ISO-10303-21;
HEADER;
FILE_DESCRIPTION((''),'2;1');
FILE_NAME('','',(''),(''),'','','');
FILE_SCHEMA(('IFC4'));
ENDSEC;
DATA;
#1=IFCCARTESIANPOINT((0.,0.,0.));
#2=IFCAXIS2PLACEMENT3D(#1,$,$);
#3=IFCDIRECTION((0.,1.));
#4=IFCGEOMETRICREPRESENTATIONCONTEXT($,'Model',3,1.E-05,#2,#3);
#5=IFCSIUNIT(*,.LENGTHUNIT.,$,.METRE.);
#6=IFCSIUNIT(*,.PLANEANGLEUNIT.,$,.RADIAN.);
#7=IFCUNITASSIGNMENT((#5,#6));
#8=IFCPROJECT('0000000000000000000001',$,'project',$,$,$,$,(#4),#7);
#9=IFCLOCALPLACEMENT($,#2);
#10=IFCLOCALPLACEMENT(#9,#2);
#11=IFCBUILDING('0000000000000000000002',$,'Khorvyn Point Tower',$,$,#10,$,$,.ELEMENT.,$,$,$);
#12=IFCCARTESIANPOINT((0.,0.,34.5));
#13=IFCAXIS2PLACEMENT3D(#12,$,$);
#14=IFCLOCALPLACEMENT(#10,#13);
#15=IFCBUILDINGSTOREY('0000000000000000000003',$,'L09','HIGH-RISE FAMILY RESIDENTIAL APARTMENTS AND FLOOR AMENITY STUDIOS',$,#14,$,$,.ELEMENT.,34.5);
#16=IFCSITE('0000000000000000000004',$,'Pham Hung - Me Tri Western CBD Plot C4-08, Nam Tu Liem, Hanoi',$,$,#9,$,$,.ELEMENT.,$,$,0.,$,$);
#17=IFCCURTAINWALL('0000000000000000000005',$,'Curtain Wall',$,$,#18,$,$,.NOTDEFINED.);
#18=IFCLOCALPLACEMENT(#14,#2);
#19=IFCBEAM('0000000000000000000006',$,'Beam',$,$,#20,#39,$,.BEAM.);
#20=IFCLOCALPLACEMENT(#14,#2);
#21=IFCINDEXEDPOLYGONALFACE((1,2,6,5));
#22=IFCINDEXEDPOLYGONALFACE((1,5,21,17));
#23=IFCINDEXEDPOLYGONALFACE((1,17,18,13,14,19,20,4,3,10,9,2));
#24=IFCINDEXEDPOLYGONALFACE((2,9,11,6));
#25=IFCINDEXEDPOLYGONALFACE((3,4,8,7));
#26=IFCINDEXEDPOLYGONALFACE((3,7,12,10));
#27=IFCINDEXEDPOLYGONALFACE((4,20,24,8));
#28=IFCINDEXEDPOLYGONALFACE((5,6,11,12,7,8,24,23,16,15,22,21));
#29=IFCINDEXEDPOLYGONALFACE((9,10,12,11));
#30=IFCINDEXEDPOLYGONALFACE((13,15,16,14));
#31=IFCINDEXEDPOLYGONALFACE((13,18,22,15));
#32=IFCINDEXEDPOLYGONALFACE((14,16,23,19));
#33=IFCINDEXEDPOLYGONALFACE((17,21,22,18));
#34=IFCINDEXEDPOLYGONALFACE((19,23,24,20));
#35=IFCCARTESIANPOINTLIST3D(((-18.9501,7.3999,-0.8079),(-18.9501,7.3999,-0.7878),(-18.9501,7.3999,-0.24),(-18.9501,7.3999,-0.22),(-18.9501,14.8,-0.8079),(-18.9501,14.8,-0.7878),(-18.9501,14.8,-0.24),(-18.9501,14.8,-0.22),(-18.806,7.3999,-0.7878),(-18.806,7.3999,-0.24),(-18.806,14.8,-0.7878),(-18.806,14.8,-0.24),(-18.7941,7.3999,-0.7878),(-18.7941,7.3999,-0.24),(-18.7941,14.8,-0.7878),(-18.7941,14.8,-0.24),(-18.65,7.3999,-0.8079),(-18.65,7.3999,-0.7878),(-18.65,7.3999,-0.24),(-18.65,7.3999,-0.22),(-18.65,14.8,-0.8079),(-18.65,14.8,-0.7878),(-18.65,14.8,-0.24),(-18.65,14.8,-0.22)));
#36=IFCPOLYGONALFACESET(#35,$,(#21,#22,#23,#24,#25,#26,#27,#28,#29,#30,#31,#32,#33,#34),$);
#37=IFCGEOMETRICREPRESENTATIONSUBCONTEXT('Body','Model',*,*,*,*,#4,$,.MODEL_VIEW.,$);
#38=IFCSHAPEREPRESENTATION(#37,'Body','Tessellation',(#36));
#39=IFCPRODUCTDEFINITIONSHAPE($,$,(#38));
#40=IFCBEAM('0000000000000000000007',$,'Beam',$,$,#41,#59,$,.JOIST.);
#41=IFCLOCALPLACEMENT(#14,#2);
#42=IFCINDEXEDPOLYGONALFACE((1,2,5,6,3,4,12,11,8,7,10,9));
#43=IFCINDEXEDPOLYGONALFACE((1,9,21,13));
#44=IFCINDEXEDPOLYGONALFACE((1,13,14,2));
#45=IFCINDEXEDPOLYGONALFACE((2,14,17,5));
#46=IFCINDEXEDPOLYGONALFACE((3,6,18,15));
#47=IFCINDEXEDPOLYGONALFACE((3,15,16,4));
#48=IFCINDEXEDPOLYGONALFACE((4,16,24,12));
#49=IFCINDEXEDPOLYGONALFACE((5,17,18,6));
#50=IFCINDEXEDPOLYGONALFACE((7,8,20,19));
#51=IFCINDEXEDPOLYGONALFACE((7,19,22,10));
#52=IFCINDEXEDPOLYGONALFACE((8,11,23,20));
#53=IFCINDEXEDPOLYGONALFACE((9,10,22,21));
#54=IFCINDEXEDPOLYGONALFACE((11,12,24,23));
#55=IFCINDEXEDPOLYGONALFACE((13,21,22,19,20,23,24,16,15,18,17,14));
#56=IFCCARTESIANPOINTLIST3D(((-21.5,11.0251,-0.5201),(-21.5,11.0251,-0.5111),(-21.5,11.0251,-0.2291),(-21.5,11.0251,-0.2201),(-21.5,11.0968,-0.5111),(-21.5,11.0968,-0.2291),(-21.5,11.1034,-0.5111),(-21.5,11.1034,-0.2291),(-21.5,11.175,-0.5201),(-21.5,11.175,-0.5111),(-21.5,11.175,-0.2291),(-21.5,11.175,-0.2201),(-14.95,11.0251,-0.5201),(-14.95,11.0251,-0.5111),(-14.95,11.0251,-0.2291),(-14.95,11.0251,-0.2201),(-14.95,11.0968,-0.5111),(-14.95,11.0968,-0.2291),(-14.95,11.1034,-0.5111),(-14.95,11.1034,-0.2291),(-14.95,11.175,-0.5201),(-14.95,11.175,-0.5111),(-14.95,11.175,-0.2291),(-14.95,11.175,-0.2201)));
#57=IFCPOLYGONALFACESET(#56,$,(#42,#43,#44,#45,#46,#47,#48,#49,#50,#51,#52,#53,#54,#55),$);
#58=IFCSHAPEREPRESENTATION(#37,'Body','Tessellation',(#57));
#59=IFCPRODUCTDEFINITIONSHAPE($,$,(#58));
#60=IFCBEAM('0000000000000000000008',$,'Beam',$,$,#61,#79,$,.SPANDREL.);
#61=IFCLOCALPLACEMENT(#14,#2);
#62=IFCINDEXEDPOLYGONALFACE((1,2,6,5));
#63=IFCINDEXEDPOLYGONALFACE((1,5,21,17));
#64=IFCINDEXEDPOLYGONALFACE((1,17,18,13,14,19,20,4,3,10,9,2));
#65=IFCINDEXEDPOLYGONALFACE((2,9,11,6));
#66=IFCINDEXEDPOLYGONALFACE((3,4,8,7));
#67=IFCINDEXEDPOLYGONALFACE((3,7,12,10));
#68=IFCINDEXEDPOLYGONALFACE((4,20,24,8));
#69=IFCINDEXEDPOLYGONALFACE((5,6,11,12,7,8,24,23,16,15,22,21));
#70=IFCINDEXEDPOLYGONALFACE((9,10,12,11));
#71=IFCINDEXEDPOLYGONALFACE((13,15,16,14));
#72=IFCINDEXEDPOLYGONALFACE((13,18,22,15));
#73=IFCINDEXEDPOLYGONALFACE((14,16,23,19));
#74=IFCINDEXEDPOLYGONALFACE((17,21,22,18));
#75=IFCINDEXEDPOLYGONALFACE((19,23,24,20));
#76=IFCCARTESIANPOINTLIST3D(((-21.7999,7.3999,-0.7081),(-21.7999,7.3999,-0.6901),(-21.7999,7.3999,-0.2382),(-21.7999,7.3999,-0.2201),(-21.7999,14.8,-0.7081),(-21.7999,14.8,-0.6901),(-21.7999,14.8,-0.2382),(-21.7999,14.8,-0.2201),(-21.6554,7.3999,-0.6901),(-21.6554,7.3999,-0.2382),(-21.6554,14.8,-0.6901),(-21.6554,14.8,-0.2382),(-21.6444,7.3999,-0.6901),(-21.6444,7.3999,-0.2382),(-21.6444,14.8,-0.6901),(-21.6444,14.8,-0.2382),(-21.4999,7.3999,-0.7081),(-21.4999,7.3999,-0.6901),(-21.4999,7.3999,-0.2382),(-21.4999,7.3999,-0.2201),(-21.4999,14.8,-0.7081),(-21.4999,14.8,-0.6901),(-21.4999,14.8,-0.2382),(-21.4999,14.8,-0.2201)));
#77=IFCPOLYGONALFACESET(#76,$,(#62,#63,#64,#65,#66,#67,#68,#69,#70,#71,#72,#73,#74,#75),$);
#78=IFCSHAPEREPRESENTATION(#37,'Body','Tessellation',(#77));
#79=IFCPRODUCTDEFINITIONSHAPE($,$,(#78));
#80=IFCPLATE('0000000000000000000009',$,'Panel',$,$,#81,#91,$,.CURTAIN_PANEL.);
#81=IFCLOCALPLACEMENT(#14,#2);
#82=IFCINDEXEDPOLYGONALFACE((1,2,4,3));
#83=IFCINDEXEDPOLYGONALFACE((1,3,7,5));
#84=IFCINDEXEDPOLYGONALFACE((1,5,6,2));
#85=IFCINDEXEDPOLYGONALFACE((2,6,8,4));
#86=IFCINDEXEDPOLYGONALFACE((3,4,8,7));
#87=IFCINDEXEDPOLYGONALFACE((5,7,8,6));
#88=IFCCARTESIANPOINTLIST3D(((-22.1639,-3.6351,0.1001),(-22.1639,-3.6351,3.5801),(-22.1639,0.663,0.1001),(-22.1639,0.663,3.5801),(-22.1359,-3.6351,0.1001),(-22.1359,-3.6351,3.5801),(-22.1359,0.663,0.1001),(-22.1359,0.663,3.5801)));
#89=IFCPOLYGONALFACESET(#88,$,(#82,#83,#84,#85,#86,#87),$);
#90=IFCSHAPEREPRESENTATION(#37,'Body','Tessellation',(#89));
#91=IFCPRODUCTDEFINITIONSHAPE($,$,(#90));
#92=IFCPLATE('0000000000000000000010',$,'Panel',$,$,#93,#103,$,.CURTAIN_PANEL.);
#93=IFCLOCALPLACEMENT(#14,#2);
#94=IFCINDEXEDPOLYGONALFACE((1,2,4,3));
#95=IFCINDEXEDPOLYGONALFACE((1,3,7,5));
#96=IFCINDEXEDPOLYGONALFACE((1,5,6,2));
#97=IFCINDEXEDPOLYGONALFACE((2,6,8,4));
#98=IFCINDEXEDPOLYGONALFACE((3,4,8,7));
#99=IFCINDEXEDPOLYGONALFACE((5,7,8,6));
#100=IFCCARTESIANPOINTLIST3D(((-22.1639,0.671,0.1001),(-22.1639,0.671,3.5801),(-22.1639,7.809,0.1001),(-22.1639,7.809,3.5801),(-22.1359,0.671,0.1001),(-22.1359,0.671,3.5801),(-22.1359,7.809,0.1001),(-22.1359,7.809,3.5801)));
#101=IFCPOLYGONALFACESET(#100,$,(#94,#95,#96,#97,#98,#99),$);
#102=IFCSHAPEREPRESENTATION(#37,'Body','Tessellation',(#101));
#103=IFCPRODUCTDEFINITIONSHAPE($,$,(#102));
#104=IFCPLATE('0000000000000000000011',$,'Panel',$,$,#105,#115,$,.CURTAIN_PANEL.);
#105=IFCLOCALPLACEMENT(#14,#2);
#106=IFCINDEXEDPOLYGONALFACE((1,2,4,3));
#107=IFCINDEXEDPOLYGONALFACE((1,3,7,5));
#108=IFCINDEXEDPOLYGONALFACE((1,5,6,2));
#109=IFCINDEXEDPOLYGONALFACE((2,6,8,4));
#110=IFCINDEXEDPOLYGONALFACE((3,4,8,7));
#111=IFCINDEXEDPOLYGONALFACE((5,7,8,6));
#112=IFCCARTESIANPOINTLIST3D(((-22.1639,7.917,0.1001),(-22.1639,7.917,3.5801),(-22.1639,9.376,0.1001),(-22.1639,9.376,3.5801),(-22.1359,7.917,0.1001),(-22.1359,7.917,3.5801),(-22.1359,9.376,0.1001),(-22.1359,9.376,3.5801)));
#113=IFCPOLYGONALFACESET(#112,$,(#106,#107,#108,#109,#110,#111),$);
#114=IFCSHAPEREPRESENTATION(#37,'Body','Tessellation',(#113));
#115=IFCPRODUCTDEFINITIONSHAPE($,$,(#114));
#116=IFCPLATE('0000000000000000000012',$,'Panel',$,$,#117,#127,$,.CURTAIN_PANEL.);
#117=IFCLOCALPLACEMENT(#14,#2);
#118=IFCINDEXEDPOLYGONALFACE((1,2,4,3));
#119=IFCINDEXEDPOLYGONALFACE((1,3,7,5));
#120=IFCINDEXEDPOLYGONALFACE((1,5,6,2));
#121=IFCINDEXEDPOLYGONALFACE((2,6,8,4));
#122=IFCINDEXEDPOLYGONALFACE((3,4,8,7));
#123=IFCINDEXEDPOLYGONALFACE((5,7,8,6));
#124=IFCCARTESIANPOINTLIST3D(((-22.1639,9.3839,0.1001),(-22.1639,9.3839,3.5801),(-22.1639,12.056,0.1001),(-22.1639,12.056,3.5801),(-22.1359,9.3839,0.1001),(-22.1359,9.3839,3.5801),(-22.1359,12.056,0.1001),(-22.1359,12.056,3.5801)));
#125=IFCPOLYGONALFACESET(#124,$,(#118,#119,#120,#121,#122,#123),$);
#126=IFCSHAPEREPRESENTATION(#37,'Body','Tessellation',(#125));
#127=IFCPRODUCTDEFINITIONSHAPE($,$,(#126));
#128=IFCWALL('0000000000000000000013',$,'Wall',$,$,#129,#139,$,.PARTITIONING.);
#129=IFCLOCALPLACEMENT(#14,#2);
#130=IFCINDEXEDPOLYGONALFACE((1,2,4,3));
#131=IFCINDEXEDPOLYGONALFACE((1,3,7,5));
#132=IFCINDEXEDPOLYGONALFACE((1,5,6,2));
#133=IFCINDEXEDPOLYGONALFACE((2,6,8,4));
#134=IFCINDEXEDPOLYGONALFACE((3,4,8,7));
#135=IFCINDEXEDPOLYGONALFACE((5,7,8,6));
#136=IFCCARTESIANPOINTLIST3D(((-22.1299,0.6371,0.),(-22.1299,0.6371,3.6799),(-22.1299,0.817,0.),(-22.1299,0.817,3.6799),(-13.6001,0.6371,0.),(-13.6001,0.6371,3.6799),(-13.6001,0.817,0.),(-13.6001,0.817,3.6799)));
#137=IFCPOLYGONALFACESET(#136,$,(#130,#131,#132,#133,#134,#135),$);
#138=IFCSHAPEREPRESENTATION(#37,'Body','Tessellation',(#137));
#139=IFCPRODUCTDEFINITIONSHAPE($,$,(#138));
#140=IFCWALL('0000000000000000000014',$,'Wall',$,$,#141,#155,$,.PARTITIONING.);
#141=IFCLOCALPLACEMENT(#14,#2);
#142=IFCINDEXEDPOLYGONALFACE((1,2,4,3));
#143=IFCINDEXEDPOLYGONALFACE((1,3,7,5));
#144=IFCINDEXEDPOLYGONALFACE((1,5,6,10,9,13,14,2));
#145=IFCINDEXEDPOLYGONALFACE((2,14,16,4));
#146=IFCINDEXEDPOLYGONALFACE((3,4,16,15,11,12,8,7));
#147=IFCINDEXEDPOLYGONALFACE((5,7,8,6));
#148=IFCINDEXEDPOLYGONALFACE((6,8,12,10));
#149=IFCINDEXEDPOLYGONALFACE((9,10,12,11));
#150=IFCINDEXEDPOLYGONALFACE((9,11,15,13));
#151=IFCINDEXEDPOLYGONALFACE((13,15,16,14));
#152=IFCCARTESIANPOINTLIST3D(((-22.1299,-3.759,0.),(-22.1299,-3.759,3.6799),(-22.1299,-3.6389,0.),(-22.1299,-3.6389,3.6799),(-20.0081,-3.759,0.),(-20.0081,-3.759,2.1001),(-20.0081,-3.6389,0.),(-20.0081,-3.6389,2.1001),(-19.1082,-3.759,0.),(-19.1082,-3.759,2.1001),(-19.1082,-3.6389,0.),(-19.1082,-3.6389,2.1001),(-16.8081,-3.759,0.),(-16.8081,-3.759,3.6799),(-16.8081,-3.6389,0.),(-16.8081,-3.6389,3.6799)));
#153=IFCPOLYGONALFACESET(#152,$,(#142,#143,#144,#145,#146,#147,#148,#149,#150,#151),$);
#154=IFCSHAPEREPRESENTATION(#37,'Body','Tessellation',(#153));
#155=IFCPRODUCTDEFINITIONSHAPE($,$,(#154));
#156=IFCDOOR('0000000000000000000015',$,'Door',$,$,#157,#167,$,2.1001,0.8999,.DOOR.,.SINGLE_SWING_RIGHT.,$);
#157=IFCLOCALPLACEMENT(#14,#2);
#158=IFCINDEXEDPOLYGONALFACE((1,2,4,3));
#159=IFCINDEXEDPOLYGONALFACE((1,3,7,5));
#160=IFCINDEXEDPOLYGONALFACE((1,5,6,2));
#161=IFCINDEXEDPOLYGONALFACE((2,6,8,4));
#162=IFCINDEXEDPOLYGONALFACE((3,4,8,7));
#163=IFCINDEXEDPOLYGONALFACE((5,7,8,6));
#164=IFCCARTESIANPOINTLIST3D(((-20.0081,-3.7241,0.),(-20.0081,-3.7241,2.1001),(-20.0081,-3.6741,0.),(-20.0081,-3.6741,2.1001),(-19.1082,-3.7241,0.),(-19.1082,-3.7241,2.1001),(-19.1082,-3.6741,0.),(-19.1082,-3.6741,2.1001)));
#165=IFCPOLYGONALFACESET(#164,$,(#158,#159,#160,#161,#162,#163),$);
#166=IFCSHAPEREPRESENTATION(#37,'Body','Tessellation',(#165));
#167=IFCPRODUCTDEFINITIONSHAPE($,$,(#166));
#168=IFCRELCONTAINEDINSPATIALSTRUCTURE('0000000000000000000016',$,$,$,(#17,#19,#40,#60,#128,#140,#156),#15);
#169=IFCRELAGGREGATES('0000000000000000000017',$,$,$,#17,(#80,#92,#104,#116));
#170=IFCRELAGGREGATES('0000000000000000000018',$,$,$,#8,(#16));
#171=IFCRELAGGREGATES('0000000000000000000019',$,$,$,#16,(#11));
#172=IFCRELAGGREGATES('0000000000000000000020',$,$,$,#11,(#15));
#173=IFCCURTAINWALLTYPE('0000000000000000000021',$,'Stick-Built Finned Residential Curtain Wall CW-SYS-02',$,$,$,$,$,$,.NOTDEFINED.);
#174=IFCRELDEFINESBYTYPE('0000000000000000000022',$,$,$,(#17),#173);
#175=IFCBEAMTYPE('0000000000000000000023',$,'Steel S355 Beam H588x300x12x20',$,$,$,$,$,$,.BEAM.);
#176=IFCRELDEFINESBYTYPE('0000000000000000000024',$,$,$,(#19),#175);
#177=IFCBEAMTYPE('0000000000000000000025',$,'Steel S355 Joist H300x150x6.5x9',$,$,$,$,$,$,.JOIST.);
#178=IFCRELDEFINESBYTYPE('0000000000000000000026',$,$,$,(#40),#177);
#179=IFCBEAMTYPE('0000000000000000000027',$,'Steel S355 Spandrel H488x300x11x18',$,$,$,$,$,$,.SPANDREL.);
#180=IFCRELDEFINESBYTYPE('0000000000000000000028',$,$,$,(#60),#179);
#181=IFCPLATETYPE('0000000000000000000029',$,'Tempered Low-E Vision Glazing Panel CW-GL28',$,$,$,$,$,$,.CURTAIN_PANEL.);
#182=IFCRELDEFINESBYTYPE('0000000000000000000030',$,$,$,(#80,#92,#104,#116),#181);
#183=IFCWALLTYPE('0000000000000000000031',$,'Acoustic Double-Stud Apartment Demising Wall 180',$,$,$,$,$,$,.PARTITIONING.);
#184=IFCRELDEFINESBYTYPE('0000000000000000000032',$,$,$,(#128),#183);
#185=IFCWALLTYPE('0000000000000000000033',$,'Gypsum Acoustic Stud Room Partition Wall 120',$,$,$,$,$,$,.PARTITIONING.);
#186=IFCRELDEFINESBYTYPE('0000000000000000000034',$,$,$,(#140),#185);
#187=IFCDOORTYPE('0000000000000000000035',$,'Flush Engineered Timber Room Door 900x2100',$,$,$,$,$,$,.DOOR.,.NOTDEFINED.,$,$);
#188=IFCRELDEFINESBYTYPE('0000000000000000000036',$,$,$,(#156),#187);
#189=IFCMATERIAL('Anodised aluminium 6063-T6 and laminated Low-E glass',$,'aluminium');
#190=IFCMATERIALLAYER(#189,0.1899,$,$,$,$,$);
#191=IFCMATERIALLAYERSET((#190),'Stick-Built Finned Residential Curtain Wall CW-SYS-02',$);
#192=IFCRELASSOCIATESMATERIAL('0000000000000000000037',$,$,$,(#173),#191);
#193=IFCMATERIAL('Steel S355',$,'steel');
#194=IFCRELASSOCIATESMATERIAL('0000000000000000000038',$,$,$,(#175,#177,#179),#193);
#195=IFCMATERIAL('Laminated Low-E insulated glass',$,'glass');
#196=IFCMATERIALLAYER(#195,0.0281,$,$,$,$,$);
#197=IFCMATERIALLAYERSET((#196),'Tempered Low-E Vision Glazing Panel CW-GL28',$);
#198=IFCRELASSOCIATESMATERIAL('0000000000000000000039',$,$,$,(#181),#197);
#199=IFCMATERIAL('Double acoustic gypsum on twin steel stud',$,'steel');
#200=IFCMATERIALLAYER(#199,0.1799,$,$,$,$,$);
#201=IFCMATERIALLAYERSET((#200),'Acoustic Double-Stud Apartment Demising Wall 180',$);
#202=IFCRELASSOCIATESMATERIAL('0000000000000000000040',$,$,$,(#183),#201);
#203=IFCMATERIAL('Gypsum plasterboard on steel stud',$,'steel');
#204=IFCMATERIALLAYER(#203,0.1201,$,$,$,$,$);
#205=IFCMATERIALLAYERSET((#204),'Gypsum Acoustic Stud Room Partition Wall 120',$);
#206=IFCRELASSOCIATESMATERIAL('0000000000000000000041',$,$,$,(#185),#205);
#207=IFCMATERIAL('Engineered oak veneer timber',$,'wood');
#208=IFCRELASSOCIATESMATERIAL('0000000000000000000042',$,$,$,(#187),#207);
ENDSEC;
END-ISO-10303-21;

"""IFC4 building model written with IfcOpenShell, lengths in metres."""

from ifc_helpers import new_model, si_unit, direction, frame, frame_2d, origin, origin_2d, place, context, subcontext, project, spatial, rectangle, i_section, extrude, material, layer, layer_set, material_profile, profile_set, type_object, element, fill, aggregate, save


model = new_model("IFC4")

# Units and contexts
model_context = context("Model", 3, precision=1e-05, world=origin(), true_north=direction((0.0, 1.0)))
body_context = subcontext(model_context, "Body", "Model", "MODEL_VIEW")
ifc_project = project(units=[si_unit("LENGTHUNIT", "METRE"), si_unit("PLANEANGLEUNIT", "RADIAN")], contexts=[model_context])

# Site, building, storey
site_placement = place(None, origin())
site = spatial("IfcSite", under=ifc_project, at=site_placement, Name="Pham Hung - Me Tri Western CBD Plot C4-08, Nam Tu Liem, Hanoi", CompositionType="ELEMENT", RefElevation=0.0)
building_placement = place(site_placement, origin())
building = spatial("IfcBuilding", under=site, at=building_placement, Name="Khorvyn Point Tower", CompositionType="ELEMENT")
storey_placement = place(building_placement, frame((0.0, 0.0, 34.5)))
storey = spatial("IfcBuildingStorey", under=building, at=storey_placement, Name="L09", Description="HIGH-RISE FAMILY RESIDENTIAL APARTMENTS AND FLOOR AMENITY STUDIOS", CompositionType="ELEMENT", Elevation=34.5)

# Curtain wall
ifc_material_1 = material(Name="Anodised aluminium 6063-T6 and laminated Low-E glass", Category="aluminium")
ifc_layer_1 = layer(ifc_material_1, 0.1899)
ifc_layer_set_1 = layer_set([ifc_layer_1], Name="Stick-Built Finned Residential Curtain Wall CW-SYS-02")
curtain_wall_type = type_object("IfcCurtainWallType", Name="Stick-Built Finned Residential Curtain Wall CW-SYS-02", PredefinedType="NOTDEFINED", material=ifc_layer_set_1)
curtain_wall_placement = place(storey_placement, origin())
curtain_wall = element("IfcCurtainWall", 1, at=curtain_wall_placement, inside=storey, type_object=curtain_wall_type, Name="Curtain Wall", PredefinedType="NOTDEFINED")

# Beams
ifc_material_2 = material(Name="Steel S355", Category="steel")
ifc_material_profile_1 = material_profile(ifc_material_2, i_section(OverallWidth=0.3, OverallDepth=0.5879, WebThickness=0.012, FlangeThickness=0.02, at=origin_2d()))
ifc_profile_set_1 = profile_set([ifc_material_profile_1], Name="Steel S355 H588x300x12x20")
beam_type_1 = type_object("IfcBeamType", Name="Steel S355 Beam H588x300x12x20", PredefinedType="BEAM", material=ifc_profile_set_1)
for number, where, z_axis, x_axis, name in (
    (2, (-18.8, 7.3999, -0.5139), (0.0, 1.0, 0.0), (-1.0, 0.0, 0.0), "Beam"),
):
    element("IfcBeam", number, at=place(storey_placement, frame(where, z_axis=z_axis, x_axis=x_axis)), inside=storey, type_object=beam_type_1, Name=name, PredefinedType="BEAM", context=body_context, shape_type="SweptSolid", body=[
        extrude(i_section(OverallWidth=0.3, OverallDepth=0.5879, WebThickness=0.012, FlangeThickness=0.02, at=origin_2d()), origin(), (0.0, 0.0, 1.0), 7.4001),
    ])
ifc_material_profile_2 = material_profile(ifc_material_2, i_section(OverallWidth=0.1499, OverallDepth=0.3, WebThickness=0.0066, FlangeThickness=0.009, at=origin_2d()))
ifc_profile_set_2 = profile_set([ifc_material_profile_2], Name="Steel S355 H300x150x6.5x9")
beam_type_2 = type_object("IfcBeamType", Name="Steel S355 Joist H300x150x6.5x9", PredefinedType="JOIST", material=ifc_profile_set_2)
beam_1_placement = place(storey_placement, frame((-21.5, 11.1001, -0.3701), z_axis=(1.0, 0.0, 0.0), x_axis=(0.0, 1.0, 0.0)))
element("IfcBeam", 3, at=beam_1_placement, inside=storey, type_object=beam_type_2, Name="Beam", PredefinedType="JOIST", context=body_context, shape_type="SweptSolid", body=[
    extrude(i_section(OverallWidth=0.1499, OverallDepth=0.3, WebThickness=0.0066, FlangeThickness=0.009, at=origin_2d()), origin(), (0.0, 0.0, 1.0), 6.55),
])
ifc_material_profile_3 = material_profile(ifc_material_2, i_section(OverallWidth=0.3, OverallDepth=0.488, WebThickness=0.011, FlangeThickness=0.0181, at=origin_2d()))
ifc_profile_set_3 = profile_set([ifc_material_profile_3], Name="Steel S355 H488x300x11x18")
beam_type_3 = type_object("IfcBeamType", Name="Steel S355 Spandrel H488x300x11x18", PredefinedType="SPANDREL", material=ifc_profile_set_3)
beam_2_placement = place(storey_placement, frame((-21.6499, 7.3999, -0.4641), z_axis=(0.0, 1.0, 0.0), x_axis=(-1.0, 0.0, 0.0)))
element("IfcBeam", 4, at=beam_2_placement, inside=storey, type_object=beam_type_3, Name="Beam", PredefinedType="SPANDREL", context=body_context, shape_type="SweptSolid", body=[
    extrude(i_section(OverallWidth=0.3, OverallDepth=0.488, WebThickness=0.011, FlangeThickness=0.0181, at=origin_2d()), origin(), (0.0, 0.0, 1.0), 7.4001),
])

# Plates
ifc_material_3 = material(Name="Laminated Low-E insulated glass", Category="glass")
ifc_layer_2 = layer(ifc_material_3, 0.0281)
ifc_layer_set_2 = layer_set([ifc_layer_2], Name="Tempered Low-E Vision Glazing Panel CW-GL28")
plate_type = type_object("IfcPlateType", Name="Tempered Low-E Vision Glazing Panel CW-GL28", PredefinedType="CURTAIN_PANEL", material=ifc_layer_set_2)
plate_1_placement = place(storey_placement, frame((-22.1499, -1.4861, 0.1001), z_axis=(0.0, 0.0, 1.0), x_axis=(0.0, 1.0, 0.0)))
plate_1 = element("IfcPlate", 5, at=plate_1_placement, type_object=plate_type, Name="Panel", PredefinedType="CURTAIN_PANEL", context=body_context, shape_type="SweptSolid", body=[
    extrude(rectangle(XDim=4.2981, YDim=0.0281, at=origin_2d()), origin(), (0.0, 0.0, 1.0), 3.48),
])
plate_2_placement = place(storey_placement, frame((-22.1499, 4.24, 0.1001), z_axis=(0.0, 0.0, 1.0), x_axis=(0.0, 1.0, 0.0)))
plate_2 = element("IfcPlate", 6, at=plate_2_placement, type_object=plate_type, Name="Panel", PredefinedType="CURTAIN_PANEL", context=body_context, shape_type="SweptSolid", body=[
    extrude(rectangle(XDim=7.1379, YDim=0.0281, at=origin_2d()), origin(), (0.0, 0.0, 1.0), 3.48),
])
plate_3_placement = place(storey_placement, frame((-22.1499, 8.6465, 0.1001), z_axis=(0.0, 0.0, 1.0), x_axis=(0.0, 1.0, 0.0)))
plate_3 = element("IfcPlate", 7, at=plate_3_placement, type_object=plate_type, Name="Panel", PredefinedType="CURTAIN_PANEL", context=body_context, shape_type="SweptSolid", body=[
    extrude(rectangle(XDim=1.459, YDim=0.0281, at=origin_2d()), origin(), (0.0, 0.0, 1.0), 3.48),
])
plate_4_placement = place(storey_placement, frame((-22.1499, 10.72, 0.1001), z_axis=(0.0, 0.0, 1.0), x_axis=(0.0, 1.0, 0.0)))
plate_4 = element("IfcPlate", 8, at=plate_4_placement, type_object=plate_type, Name="Panel", PredefinedType="CURTAIN_PANEL", context=body_context, shape_type="SweptSolid", body=[
    extrude(rectangle(XDim=2.6721, YDim=0.0281, at=origin_2d()), origin(), (0.0, 0.0, 1.0), 3.48),
])
aggregate(curtain_wall, [plate_1, plate_2, plate_3, plate_4])

# Wall
ifc_material_4 = material(Name="Double acoustic gypsum on twin steel stud", Category="steel")
ifc_layer_3 = layer(ifc_material_4, 0.1799)
ifc_layer_set_3 = layer_set([ifc_layer_3], Name="Acoustic Double-Stud Apartment Demising Wall 180")
wall_type_1 = type_object("IfcWallType", Name="Acoustic Double-Stud Apartment Demising Wall 180", PredefinedType="PARTITIONING", material=ifc_layer_set_3)
wall_1_placement = place(storey_placement, frame((-22.1299, 0.7271, 0.0), z_axis=(0.0, 0.0, 1.0), x_axis=(1.0, 0.0, 0.0)))
element("IfcWall", 9, at=wall_1_placement, inside=storey, type_object=wall_type_1, Name="Wall", PredefinedType="PARTITIONING", context=body_context, shape_type="SweptSolid", body=[
    extrude(rectangle(XDim=8.5298, YDim=0.1799, at=frame_2d((4.2649, 0.0))), origin(), (0.0, 0.0, 1.0), 3.6799),
])

# Wall, opening, door
ifc_material_5 = material(Name="Gypsum plasterboard on steel stud", Category="steel")
ifc_layer_4 = layer(ifc_material_5, 0.1201)
ifc_layer_set_4 = layer_set([ifc_layer_4], Name="Gypsum Acoustic Stud Room Partition Wall 120")
wall_type_2 = type_object("IfcWallType", Name="Gypsum Acoustic Stud Room Partition Wall 120", PredefinedType="PARTITIONING", material=ifc_layer_set_4)
wall_2_placement = place(storey_placement, frame((-22.1299, -3.699, 0.0), z_axis=(0.0, 0.0, 1.0), x_axis=(1.0, 0.0, 0.0)))
wall_2 = element("IfcWall", 10, at=wall_2_placement, inside=storey, type_object=wall_type_2, Name="Wall", PredefinedType="PARTITIONING", context=body_context, shape_type="SweptSolid", body=[
    extrude(rectangle(XDim=5.3218, YDim=0.1201, at=frame_2d((2.6609, 0.0))), origin(), (0.0, 0.0, 1.0), 3.6799),
])
opening_1_placement = place(wall_2_placement, frame((2.1218, 0.0, 0.0)))
opening_1 = element("IfcOpeningElement", 11, at=opening_1_placement, cuts=wall_2, PredefinedType="OPENING", context=body_context, shape_type="SweptSolid", body=[
    extrude(rectangle(XDim=0.8999, YDim=2.1001, at=frame_2d((0.45, 1.05))), frame((0.0, 0.0701, 0.0), z_axis=(0.0, -1.0, 0.0), x_axis=(1.0, 0.0, 0.0)), (0.0, 0.0, 1.0), 0.1401),
])
ifc_material_6 = material(Name="Engineered oak veneer timber", Category="wood")
door_type_1 = type_object("IfcDoorType", Name="Flush Engineered Timber Room Door 900x2100", OperationType="NOTDEFINED", PredefinedType="DOOR", material=ifc_material_6)
door_1_placement = place(opening_1_placement, origin())
door_1 = element("IfcDoor", 12, at=door_1_placement, inside=storey, type_object=door_type_1, Name="Door", OperationType="SINGLE_SWING_RIGHT", OverallHeight=2.1001, OverallWidth=0.8999, PredefinedType="DOOR", context=body_context, shape_type="SweptSolid", body=[
    extrude(rectangle(XDim=0.8999, YDim=2.1001, at=frame_2d((0.45, 1.05))), frame((0.0, 0.0249, 0.0), z_axis=(0.0, -1.0, 0.0), x_axis=(1.0, 0.0, 0.0)), (0.0, 0.0, 1.0), 0.05),
])
fill(opening_1, door_1)

save(model, "model.ifc")
